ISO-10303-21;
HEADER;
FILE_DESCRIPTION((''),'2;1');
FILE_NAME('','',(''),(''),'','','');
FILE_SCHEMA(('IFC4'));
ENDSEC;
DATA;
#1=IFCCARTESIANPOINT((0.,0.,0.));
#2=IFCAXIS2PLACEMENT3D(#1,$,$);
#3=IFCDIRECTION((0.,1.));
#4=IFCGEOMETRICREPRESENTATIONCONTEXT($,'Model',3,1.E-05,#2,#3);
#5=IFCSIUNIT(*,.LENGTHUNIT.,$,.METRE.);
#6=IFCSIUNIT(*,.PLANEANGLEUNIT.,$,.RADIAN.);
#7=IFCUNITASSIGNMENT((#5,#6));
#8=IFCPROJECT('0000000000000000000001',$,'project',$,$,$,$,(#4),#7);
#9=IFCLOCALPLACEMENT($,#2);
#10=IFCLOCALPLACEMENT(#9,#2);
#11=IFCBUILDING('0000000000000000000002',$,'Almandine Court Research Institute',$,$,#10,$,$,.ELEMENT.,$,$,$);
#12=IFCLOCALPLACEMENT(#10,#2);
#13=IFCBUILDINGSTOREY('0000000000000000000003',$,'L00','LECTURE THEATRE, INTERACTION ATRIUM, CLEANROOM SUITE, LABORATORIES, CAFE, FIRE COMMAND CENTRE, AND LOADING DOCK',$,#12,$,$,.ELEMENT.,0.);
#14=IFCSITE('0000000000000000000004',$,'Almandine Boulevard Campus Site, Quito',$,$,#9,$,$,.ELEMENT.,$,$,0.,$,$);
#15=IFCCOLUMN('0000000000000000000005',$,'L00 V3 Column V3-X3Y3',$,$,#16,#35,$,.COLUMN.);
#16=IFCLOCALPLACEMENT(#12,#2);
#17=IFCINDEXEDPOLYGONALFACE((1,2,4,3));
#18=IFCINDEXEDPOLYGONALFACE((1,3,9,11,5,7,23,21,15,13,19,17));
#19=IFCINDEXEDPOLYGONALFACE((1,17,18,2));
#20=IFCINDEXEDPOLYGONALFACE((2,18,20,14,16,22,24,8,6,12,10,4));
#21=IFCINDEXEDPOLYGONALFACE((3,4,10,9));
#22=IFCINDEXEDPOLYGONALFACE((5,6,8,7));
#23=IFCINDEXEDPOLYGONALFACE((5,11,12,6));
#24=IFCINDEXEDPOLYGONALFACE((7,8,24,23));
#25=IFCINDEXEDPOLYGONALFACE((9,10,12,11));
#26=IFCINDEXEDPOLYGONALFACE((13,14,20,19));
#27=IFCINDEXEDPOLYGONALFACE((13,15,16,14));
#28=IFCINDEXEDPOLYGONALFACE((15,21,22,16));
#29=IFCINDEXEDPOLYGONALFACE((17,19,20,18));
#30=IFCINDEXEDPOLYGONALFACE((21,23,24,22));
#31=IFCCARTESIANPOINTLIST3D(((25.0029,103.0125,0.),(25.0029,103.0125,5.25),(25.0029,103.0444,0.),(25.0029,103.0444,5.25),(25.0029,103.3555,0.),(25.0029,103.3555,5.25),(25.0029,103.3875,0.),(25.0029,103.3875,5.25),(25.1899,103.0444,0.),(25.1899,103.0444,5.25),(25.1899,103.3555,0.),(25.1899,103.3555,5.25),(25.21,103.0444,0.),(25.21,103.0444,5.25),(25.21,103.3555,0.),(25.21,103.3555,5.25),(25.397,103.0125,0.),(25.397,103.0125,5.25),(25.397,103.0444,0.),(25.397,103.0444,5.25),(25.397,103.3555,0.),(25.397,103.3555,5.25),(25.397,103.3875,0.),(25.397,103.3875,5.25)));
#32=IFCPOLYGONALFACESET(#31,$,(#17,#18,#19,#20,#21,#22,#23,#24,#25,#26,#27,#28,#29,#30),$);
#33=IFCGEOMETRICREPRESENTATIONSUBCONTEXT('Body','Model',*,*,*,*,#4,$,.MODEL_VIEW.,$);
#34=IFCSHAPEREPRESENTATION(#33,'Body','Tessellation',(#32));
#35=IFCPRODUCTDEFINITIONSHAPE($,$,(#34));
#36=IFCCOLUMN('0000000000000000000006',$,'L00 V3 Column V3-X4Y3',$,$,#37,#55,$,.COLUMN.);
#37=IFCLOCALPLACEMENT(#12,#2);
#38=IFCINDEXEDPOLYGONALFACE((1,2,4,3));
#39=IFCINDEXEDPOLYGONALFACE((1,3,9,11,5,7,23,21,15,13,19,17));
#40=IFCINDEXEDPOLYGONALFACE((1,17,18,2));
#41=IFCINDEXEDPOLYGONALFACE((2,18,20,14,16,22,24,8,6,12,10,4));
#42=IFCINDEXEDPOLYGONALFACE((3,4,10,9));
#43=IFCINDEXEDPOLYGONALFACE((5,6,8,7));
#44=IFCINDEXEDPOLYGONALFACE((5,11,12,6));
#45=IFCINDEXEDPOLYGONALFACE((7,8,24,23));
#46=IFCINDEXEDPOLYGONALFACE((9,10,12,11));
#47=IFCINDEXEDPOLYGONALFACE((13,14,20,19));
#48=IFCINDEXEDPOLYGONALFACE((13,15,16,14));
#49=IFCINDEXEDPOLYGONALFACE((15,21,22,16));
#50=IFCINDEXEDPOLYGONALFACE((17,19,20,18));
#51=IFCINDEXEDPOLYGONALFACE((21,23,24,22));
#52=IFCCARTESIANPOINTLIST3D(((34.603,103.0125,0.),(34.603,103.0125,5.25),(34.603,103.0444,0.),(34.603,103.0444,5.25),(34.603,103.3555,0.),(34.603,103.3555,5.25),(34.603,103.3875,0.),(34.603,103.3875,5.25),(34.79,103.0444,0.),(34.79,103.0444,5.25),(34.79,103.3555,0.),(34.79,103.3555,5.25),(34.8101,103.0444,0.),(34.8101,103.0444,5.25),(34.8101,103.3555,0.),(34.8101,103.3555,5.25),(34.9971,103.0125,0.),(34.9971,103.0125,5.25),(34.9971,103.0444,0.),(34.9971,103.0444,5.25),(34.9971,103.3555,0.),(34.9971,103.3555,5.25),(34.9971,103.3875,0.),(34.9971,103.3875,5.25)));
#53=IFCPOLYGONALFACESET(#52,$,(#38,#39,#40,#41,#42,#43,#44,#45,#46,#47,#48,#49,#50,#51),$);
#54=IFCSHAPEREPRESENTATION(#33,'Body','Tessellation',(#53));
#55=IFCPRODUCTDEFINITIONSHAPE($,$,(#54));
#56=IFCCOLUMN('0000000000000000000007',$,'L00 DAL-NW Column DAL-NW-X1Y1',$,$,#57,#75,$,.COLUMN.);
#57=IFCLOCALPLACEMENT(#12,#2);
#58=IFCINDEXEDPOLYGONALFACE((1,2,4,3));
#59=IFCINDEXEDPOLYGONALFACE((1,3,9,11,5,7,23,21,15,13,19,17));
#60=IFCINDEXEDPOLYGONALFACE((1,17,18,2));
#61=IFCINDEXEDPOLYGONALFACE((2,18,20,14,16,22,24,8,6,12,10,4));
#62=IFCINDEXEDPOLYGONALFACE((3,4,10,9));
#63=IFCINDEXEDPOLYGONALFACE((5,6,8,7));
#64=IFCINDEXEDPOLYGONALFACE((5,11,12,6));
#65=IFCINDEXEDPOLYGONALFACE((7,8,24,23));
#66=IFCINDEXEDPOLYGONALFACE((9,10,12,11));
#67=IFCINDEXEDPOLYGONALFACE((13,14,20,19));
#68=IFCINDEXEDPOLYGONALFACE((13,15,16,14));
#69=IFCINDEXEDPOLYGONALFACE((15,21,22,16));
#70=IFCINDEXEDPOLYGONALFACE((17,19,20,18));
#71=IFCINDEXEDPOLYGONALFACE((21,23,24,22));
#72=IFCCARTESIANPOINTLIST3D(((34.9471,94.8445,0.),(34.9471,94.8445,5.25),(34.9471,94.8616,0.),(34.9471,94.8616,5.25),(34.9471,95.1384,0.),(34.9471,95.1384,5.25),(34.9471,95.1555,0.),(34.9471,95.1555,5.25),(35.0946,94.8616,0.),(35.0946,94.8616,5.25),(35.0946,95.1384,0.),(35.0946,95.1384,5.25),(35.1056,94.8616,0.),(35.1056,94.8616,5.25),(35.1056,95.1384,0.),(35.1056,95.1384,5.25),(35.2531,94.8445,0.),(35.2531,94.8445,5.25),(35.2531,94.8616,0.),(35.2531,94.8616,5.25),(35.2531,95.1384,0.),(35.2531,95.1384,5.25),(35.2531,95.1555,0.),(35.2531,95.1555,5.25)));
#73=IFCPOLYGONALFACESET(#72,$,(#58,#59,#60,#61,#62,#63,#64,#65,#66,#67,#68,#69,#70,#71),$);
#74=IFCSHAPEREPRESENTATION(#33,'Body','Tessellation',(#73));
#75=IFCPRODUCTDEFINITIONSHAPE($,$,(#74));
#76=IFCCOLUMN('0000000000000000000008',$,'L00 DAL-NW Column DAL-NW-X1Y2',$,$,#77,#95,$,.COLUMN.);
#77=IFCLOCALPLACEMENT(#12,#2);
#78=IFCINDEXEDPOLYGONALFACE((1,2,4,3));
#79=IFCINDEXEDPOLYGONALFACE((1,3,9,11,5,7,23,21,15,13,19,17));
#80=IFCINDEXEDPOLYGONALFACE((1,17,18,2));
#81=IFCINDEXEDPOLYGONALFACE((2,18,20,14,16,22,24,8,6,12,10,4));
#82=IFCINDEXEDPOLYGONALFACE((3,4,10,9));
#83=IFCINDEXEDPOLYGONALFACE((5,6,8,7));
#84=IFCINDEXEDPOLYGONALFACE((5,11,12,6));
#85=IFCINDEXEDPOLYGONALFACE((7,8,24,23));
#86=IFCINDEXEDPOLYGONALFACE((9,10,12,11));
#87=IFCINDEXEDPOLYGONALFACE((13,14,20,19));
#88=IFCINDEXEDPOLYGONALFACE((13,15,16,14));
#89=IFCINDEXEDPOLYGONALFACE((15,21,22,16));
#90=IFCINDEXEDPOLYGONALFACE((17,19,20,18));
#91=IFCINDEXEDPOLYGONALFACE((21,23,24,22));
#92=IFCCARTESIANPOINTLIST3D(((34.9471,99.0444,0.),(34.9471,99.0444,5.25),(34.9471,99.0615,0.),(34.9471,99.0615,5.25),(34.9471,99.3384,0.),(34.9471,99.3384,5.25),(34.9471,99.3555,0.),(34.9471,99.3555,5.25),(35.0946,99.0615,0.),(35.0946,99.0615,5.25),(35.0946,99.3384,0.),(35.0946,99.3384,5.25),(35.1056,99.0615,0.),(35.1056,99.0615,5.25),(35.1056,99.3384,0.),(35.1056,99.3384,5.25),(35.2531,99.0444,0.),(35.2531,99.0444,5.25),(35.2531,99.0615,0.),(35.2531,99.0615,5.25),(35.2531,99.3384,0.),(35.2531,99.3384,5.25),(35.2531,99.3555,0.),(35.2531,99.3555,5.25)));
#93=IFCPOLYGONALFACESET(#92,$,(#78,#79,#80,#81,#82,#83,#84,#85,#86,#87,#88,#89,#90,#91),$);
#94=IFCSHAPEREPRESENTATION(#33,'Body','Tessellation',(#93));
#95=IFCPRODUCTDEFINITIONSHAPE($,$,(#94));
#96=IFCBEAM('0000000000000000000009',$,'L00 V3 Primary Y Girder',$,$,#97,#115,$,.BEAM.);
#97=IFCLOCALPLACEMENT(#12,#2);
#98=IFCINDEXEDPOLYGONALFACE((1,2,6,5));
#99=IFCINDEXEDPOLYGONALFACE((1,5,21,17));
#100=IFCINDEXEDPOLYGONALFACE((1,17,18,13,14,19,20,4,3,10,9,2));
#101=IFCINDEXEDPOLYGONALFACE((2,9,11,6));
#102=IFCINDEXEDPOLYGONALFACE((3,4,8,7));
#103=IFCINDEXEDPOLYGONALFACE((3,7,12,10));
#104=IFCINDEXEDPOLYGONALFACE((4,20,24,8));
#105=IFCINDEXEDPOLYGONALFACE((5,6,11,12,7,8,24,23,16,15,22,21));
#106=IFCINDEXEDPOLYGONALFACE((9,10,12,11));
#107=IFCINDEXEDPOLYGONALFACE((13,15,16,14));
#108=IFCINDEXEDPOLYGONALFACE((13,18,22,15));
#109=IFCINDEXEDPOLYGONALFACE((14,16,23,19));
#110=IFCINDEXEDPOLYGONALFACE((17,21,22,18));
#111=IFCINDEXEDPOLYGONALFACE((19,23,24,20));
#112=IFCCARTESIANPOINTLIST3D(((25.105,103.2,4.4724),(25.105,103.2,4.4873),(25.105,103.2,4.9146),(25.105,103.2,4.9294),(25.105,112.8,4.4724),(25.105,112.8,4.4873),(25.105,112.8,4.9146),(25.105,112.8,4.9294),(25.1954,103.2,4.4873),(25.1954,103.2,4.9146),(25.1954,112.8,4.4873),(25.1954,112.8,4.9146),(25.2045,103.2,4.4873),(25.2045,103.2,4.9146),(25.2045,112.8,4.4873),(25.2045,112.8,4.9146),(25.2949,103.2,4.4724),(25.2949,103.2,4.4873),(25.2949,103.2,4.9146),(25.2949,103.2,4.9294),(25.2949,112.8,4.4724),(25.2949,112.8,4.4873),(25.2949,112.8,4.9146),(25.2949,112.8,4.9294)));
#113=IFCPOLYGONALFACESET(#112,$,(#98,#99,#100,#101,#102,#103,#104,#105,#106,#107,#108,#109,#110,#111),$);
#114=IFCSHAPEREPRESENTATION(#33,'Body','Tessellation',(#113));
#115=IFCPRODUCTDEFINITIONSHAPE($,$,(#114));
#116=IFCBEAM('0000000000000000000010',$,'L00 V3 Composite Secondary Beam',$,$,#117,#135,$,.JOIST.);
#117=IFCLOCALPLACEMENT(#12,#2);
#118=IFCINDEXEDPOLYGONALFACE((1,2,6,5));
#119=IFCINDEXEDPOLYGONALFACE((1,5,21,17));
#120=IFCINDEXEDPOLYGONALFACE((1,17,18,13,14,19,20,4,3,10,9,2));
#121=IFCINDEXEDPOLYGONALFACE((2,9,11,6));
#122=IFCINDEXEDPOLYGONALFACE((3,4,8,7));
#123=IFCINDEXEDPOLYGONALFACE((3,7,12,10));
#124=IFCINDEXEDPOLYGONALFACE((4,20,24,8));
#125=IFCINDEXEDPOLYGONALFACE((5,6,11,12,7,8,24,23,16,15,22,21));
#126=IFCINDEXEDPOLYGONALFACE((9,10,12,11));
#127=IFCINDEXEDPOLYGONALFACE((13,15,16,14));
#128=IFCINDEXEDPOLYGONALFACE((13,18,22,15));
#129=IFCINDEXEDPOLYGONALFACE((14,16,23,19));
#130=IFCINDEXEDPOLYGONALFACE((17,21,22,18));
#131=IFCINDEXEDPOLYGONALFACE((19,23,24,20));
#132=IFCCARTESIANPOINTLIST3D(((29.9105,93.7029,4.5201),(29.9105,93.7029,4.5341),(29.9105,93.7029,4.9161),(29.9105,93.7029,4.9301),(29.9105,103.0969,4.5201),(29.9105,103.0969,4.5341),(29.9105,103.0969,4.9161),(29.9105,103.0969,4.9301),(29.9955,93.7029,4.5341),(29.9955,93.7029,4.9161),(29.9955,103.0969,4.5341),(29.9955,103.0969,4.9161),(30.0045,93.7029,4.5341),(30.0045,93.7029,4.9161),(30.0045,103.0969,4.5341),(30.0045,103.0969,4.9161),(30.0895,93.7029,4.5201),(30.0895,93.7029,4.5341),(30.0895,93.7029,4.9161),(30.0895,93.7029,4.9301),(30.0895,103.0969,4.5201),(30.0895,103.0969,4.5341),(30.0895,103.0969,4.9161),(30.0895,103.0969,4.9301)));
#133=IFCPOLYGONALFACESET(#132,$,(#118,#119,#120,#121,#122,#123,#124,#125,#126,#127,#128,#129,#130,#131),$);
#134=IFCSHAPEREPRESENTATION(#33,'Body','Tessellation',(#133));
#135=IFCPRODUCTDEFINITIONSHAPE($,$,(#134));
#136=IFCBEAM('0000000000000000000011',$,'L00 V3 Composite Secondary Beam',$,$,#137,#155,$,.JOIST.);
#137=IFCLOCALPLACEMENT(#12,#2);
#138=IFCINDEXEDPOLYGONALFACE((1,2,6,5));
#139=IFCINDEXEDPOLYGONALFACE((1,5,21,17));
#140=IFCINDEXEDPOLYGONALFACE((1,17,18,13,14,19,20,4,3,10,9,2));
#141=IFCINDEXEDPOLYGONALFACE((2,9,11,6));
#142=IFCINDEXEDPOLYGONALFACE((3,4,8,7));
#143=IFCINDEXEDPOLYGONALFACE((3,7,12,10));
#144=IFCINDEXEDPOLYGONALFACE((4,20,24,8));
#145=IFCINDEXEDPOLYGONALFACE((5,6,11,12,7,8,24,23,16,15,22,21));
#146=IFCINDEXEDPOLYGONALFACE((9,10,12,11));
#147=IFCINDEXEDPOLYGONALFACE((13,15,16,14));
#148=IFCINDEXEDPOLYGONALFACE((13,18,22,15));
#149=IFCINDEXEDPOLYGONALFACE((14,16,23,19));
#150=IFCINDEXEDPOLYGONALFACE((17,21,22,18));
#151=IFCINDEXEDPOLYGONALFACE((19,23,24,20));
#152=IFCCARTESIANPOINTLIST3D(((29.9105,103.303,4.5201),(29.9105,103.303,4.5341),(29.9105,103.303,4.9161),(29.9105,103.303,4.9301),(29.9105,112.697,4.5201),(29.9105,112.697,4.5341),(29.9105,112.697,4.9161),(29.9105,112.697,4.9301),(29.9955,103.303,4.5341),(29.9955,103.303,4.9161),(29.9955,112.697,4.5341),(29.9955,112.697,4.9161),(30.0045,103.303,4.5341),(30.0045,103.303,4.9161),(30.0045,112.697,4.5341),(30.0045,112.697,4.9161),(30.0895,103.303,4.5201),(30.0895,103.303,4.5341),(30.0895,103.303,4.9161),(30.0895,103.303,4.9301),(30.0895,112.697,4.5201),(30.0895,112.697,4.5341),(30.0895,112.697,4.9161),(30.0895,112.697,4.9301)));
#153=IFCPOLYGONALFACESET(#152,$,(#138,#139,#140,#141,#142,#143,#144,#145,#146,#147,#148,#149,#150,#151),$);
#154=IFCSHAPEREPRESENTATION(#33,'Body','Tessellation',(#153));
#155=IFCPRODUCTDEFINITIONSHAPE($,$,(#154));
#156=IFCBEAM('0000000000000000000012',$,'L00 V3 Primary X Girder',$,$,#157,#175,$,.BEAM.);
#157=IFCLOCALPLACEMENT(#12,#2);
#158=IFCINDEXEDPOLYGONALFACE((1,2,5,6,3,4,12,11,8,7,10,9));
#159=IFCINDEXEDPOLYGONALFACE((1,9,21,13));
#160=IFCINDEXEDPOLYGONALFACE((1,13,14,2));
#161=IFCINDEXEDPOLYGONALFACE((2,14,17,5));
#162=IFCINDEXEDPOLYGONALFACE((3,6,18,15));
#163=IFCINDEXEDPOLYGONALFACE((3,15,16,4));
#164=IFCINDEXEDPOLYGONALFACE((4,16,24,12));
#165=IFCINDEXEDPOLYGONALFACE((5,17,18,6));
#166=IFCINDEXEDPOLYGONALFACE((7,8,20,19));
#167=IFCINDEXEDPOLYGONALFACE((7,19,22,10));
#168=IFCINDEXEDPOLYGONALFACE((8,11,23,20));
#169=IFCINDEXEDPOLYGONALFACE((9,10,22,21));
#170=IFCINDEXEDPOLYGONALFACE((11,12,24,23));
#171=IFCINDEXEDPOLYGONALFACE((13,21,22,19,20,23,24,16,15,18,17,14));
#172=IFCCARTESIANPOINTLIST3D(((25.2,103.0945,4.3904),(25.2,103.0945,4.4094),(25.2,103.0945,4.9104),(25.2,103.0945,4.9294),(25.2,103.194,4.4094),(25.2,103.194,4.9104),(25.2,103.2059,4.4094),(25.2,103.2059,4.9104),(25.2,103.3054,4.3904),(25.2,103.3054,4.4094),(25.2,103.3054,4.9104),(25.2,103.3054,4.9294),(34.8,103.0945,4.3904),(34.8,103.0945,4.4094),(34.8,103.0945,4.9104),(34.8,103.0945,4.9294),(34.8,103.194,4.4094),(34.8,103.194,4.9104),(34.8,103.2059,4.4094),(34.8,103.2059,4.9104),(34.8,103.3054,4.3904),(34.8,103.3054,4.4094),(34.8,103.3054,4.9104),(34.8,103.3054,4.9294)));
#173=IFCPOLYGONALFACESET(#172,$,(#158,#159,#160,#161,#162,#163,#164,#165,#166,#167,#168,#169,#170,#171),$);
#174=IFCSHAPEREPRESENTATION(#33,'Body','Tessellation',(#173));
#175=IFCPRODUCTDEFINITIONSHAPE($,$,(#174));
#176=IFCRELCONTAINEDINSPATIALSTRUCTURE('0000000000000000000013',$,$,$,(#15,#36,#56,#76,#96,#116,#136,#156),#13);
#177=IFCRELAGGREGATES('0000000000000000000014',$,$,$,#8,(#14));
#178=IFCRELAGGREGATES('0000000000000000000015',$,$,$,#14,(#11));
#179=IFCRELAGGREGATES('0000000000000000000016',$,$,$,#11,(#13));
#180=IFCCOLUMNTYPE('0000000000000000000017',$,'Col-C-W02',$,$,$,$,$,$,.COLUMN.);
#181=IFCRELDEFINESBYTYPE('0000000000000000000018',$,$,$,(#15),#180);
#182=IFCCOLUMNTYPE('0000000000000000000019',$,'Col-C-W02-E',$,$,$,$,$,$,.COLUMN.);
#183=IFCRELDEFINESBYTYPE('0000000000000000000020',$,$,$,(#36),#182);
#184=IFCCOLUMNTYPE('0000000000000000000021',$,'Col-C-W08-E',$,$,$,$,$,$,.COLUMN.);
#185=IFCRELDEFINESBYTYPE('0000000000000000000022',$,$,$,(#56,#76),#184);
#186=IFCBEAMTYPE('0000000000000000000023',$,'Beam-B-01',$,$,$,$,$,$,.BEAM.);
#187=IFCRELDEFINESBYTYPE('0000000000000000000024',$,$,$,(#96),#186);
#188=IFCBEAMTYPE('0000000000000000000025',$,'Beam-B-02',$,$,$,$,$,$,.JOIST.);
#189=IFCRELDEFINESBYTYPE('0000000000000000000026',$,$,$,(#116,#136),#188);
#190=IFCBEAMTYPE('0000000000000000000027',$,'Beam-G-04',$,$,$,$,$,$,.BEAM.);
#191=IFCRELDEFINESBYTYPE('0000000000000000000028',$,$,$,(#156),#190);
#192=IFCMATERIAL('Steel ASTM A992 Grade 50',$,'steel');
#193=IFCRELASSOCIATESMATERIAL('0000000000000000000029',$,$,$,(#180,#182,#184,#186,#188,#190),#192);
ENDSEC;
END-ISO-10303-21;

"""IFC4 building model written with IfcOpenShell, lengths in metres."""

from ifc_helpers import new_model, si_unit, direction, frame, origin, origin_2d, place, context, subcontext, project, spatial, i_section, extrude, material, material_profile, profile_set, type_object, element, save


model = new_model("IFC4")

# Units and contexts
model_context = context("Model", 3, precision=1e-05, world=origin(), true_north=direction((0.0, 1.0)))
body_context = subcontext(model_context, "Body", "Model", "MODEL_VIEW")
ifc_project = project(units=[si_unit("LENGTHUNIT", "METRE"), si_unit("PLANEANGLEUNIT", "RADIAN")], contexts=[model_context])

# Site, building, storey
site_placement = place(None, origin())
site = spatial("IfcSite", under=ifc_project, at=site_placement, Name="Almandine Boulevard Campus Site, Quito", CompositionType="ELEMENT", RefElevation=0.0)
building_placement = place(site_placement, origin())
building = spatial("IfcBuilding", under=site, at=building_placement, Name="Almandine Court Research Institute", CompositionType="ELEMENT")
storey_placement = place(building_placement, origin())
storey = spatial("IfcBuildingStorey", under=building, at=storey_placement, Name="L00", Description="LECTURE THEATRE, INTERACTION ATRIUM, CLEANROOM SUITE, LABORATORIES, CAFE, FIRE COMMAND CENTRE, AND LOADING DOCK", CompositionType="ELEMENT", Elevation=0.0)

# Columns
ifc_material_1 = material(Name="Steel ASTM A992 Grade 50", Category="steel")
ifc_material_profile_1 = material_profile(ifc_material_1, i_section(OverallWidth=0.394, OverallDepth=0.375, WebThickness=0.02, FlangeThickness=0.032, at=origin_2d()), Name="W360x216")
ifc_profile_set_1 = profile_set([ifc_material_profile_1], Name="Steel ASTM A992 Grade 50")
column_type_1 = type_object("IfcColumnType", Name="Col-C-W02", PredefinedType="COLUMN", material=ifc_profile_set_1)
column_1_placement = place(storey_placement, frame((25.2, 103.2, 0.0), z_axis=(0.0, 0.0, 1.0), x_axis=(1.0, 0.0, 0.0)))
element("IfcColumn", 1, at=column_1_placement, inside=storey, type_object=column_type_1, Name="L00 V3 Column V3-X3Y3", PredefinedType="COLUMN", context=body_context, shape_type="SweptSolid", body=[
    extrude(i_section(OverallWidth=0.394, OverallDepth=0.375, WebThickness=0.02, FlangeThickness=0.032, at=origin_2d()), origin(), (0.0, 0.0, 1.0), 5.25),
])
ifc_material_profile_2 = material_profile(ifc_material_1, i_section(OverallWidth=0.394, OverallDepth=0.375, WebThickness=0.02, FlangeThickness=0.032, at=origin_2d()), Name="W360x216")
ifc_profile_set_2 = profile_set([ifc_material_profile_2], Name="Steel ASTM A992 Grade 50")
column_type_2 = type_object("IfcColumnType", Name="Col-C-W02-E", PredefinedType="COLUMN", material=ifc_profile_set_2)
column_2_placement = place(storey_placement, frame((34.8, 103.2, 0.0), z_axis=(0.0, 0.0, 1.0), x_axis=(1.0, 0.0, 0.0)))
element("IfcColumn", 2, at=column_2_placement, inside=storey, type_object=column_type_2, Name="L00 V3 Column V3-X4Y3", PredefinedType="COLUMN", context=body_context, shape_type="SweptSolid", body=[
    extrude(i_section(OverallWidth=0.394, OverallDepth=0.375, WebThickness=0.02, FlangeThickness=0.032, at=origin_2d()), origin(), (0.0, 0.0, 1.0), 5.25),
])
ifc_material_profile_3 = material_profile(ifc_material_1, i_section(OverallWidth=0.3059, OverallDepth=0.311, WebThickness=0.011, FlangeThickness=0.0171, at=origin_2d()), Name="W310x107")
ifc_profile_set_3 = profile_set([ifc_material_profile_3], Name="Steel ASTM A992 Grade 50")
column_type_3 = type_object("IfcColumnType", Name="Col-C-W08-E", PredefinedType="COLUMN", material=ifc_profile_set_3)
for number, where, z_axis, x_axis, name in (
    (3, (35.1001, 95.0, 0.0), (0.0, 0.0, 1.0), (1.0, 0.0, 0.0), "L00 DAL-NW Column DAL-NW-X1Y1"),
    (4, (35.1001, 99.2, 0.0), (0.0, 0.0, 1.0), (1.0, 0.0, 0.0), "L00 DAL-NW Column DAL-NW-X1Y2"),
):
    element("IfcColumn", number, at=place(storey_placement, frame(where, z_axis=z_axis, x_axis=x_axis)), inside=storey, type_object=column_type_3, Name=name, PredefinedType="COLUMN", context=body_context, shape_type="SweptSolid", body=[
        extrude(i_section(OverallWidth=0.3059, OverallDepth=0.311, WebThickness=0.011, FlangeThickness=0.0171, at=origin_2d()), origin(), (0.0, 0.0, 1.0), 5.25),
    ])

# Beams
ifc_material_profile_4 = material_profile(ifc_material_1, i_section(OverallWidth=0.1899, OverallDepth=0.457, WebThickness=0.009, FlangeThickness=0.0149, at=origin_2d()), Name="W460x74")
ifc_profile_set_4 = profile_set([ifc_material_profile_4], Name="Steel ASTM A992 Grade 50")
beam_type_1 = type_object("IfcBeamType", Name="Beam-B-01", PredefinedType="BEAM", material=ifc_profile_set_4)
beam_1_placement = place(storey_placement, frame((25.2, 103.2, 4.7009), z_axis=(0.0, 1.0, 0.0), x_axis=(-1.0, 0.0, 0.0)))
element("IfcBeam", 5, at=beam_1_placement, inside=storey, type_object=beam_type_1, Name="L00 V3 Primary Y Girder", PredefinedType="BEAM", context=body_context, shape_type="SweptSolid", body=[
    extrude(i_section(OverallWidth=0.1899, OverallDepth=0.457, WebThickness=0.009, FlangeThickness=0.0149, at=origin_2d()), origin(), (0.0, 0.0, 1.0), 9.6001),
])
ifc_material_profile_5 = material_profile(ifc_material_1, i_section(OverallWidth=0.179, OverallDepth=0.4099, WebThickness=0.009, FlangeThickness=0.0139, at=origin_2d()), Name="W410x67")
ifc_profile_set_5 = profile_set([ifc_material_profile_5], Name="Steel ASTM A992 Grade 50")
beam_type_2 = type_object("IfcBeamType", Name="Beam-B-02", PredefinedType="JOIST", material=ifc_profile_set_5)
for number, where, z_axis, x_axis, name in (
    (6, (30.0, 93.7029, 4.7251), (0.0, 1.0, 0.0), (-1.0, 0.0, 0.0), "L00 V3 Composite Secondary Beam"),
    (7, (30.0, 103.303, 4.7251), (0.0, 1.0, 0.0), (-1.0, 0.0, 0.0), "L00 V3 Composite Secondary Beam"),
):
    element("IfcBeam", number, at=place(storey_placement, frame(where, z_axis=z_axis, x_axis=x_axis)), inside=storey, type_object=beam_type_2, Name=name, PredefinedType="JOIST", context=body_context, shape_type="SweptSolid", body=[
        extrude(i_section(OverallWidth=0.179, OverallDepth=0.4099, WebThickness=0.009, FlangeThickness=0.0139, at=origin_2d()), origin(), (0.0, 0.0, 1.0), 9.394),
    ])
ifc_material_profile_6 = material_profile(ifc_material_1, i_section(OverallWidth=0.2109, OverallDepth=0.5391, WebThickness=0.012, FlangeThickness=0.019, at=origin_2d()), Name="W530x109")
ifc_profile_set_6 = profile_set([ifc_material_profile_6], Name="Steel ASTM A992 Grade 50")
beam_type_3 = type_object("IfcBeamType", Name="Beam-G-04", PredefinedType="BEAM", material=ifc_profile_set_6)
beam_2_placement = place(storey_placement, frame((25.2, 103.2, 4.6599), z_axis=(1.0, 0.0, 0.0), x_axis=(0.0, 1.0, 0.0)))
element("IfcBeam", 8, at=beam_2_placement, inside=storey, type_object=beam_type_3, Name="L00 V3 Primary X Girder", PredefinedType="BEAM", context=body_context, shape_type="SweptSolid", body=[
    extrude(i_section(OverallWidth=0.2109, OverallDepth=0.5391, WebThickness=0.012, FlangeThickness=0.019, at=origin_2d()), origin(), (0.0, 0.0, 1.0), 9.6001),
])

save(model, "model.ifc")
